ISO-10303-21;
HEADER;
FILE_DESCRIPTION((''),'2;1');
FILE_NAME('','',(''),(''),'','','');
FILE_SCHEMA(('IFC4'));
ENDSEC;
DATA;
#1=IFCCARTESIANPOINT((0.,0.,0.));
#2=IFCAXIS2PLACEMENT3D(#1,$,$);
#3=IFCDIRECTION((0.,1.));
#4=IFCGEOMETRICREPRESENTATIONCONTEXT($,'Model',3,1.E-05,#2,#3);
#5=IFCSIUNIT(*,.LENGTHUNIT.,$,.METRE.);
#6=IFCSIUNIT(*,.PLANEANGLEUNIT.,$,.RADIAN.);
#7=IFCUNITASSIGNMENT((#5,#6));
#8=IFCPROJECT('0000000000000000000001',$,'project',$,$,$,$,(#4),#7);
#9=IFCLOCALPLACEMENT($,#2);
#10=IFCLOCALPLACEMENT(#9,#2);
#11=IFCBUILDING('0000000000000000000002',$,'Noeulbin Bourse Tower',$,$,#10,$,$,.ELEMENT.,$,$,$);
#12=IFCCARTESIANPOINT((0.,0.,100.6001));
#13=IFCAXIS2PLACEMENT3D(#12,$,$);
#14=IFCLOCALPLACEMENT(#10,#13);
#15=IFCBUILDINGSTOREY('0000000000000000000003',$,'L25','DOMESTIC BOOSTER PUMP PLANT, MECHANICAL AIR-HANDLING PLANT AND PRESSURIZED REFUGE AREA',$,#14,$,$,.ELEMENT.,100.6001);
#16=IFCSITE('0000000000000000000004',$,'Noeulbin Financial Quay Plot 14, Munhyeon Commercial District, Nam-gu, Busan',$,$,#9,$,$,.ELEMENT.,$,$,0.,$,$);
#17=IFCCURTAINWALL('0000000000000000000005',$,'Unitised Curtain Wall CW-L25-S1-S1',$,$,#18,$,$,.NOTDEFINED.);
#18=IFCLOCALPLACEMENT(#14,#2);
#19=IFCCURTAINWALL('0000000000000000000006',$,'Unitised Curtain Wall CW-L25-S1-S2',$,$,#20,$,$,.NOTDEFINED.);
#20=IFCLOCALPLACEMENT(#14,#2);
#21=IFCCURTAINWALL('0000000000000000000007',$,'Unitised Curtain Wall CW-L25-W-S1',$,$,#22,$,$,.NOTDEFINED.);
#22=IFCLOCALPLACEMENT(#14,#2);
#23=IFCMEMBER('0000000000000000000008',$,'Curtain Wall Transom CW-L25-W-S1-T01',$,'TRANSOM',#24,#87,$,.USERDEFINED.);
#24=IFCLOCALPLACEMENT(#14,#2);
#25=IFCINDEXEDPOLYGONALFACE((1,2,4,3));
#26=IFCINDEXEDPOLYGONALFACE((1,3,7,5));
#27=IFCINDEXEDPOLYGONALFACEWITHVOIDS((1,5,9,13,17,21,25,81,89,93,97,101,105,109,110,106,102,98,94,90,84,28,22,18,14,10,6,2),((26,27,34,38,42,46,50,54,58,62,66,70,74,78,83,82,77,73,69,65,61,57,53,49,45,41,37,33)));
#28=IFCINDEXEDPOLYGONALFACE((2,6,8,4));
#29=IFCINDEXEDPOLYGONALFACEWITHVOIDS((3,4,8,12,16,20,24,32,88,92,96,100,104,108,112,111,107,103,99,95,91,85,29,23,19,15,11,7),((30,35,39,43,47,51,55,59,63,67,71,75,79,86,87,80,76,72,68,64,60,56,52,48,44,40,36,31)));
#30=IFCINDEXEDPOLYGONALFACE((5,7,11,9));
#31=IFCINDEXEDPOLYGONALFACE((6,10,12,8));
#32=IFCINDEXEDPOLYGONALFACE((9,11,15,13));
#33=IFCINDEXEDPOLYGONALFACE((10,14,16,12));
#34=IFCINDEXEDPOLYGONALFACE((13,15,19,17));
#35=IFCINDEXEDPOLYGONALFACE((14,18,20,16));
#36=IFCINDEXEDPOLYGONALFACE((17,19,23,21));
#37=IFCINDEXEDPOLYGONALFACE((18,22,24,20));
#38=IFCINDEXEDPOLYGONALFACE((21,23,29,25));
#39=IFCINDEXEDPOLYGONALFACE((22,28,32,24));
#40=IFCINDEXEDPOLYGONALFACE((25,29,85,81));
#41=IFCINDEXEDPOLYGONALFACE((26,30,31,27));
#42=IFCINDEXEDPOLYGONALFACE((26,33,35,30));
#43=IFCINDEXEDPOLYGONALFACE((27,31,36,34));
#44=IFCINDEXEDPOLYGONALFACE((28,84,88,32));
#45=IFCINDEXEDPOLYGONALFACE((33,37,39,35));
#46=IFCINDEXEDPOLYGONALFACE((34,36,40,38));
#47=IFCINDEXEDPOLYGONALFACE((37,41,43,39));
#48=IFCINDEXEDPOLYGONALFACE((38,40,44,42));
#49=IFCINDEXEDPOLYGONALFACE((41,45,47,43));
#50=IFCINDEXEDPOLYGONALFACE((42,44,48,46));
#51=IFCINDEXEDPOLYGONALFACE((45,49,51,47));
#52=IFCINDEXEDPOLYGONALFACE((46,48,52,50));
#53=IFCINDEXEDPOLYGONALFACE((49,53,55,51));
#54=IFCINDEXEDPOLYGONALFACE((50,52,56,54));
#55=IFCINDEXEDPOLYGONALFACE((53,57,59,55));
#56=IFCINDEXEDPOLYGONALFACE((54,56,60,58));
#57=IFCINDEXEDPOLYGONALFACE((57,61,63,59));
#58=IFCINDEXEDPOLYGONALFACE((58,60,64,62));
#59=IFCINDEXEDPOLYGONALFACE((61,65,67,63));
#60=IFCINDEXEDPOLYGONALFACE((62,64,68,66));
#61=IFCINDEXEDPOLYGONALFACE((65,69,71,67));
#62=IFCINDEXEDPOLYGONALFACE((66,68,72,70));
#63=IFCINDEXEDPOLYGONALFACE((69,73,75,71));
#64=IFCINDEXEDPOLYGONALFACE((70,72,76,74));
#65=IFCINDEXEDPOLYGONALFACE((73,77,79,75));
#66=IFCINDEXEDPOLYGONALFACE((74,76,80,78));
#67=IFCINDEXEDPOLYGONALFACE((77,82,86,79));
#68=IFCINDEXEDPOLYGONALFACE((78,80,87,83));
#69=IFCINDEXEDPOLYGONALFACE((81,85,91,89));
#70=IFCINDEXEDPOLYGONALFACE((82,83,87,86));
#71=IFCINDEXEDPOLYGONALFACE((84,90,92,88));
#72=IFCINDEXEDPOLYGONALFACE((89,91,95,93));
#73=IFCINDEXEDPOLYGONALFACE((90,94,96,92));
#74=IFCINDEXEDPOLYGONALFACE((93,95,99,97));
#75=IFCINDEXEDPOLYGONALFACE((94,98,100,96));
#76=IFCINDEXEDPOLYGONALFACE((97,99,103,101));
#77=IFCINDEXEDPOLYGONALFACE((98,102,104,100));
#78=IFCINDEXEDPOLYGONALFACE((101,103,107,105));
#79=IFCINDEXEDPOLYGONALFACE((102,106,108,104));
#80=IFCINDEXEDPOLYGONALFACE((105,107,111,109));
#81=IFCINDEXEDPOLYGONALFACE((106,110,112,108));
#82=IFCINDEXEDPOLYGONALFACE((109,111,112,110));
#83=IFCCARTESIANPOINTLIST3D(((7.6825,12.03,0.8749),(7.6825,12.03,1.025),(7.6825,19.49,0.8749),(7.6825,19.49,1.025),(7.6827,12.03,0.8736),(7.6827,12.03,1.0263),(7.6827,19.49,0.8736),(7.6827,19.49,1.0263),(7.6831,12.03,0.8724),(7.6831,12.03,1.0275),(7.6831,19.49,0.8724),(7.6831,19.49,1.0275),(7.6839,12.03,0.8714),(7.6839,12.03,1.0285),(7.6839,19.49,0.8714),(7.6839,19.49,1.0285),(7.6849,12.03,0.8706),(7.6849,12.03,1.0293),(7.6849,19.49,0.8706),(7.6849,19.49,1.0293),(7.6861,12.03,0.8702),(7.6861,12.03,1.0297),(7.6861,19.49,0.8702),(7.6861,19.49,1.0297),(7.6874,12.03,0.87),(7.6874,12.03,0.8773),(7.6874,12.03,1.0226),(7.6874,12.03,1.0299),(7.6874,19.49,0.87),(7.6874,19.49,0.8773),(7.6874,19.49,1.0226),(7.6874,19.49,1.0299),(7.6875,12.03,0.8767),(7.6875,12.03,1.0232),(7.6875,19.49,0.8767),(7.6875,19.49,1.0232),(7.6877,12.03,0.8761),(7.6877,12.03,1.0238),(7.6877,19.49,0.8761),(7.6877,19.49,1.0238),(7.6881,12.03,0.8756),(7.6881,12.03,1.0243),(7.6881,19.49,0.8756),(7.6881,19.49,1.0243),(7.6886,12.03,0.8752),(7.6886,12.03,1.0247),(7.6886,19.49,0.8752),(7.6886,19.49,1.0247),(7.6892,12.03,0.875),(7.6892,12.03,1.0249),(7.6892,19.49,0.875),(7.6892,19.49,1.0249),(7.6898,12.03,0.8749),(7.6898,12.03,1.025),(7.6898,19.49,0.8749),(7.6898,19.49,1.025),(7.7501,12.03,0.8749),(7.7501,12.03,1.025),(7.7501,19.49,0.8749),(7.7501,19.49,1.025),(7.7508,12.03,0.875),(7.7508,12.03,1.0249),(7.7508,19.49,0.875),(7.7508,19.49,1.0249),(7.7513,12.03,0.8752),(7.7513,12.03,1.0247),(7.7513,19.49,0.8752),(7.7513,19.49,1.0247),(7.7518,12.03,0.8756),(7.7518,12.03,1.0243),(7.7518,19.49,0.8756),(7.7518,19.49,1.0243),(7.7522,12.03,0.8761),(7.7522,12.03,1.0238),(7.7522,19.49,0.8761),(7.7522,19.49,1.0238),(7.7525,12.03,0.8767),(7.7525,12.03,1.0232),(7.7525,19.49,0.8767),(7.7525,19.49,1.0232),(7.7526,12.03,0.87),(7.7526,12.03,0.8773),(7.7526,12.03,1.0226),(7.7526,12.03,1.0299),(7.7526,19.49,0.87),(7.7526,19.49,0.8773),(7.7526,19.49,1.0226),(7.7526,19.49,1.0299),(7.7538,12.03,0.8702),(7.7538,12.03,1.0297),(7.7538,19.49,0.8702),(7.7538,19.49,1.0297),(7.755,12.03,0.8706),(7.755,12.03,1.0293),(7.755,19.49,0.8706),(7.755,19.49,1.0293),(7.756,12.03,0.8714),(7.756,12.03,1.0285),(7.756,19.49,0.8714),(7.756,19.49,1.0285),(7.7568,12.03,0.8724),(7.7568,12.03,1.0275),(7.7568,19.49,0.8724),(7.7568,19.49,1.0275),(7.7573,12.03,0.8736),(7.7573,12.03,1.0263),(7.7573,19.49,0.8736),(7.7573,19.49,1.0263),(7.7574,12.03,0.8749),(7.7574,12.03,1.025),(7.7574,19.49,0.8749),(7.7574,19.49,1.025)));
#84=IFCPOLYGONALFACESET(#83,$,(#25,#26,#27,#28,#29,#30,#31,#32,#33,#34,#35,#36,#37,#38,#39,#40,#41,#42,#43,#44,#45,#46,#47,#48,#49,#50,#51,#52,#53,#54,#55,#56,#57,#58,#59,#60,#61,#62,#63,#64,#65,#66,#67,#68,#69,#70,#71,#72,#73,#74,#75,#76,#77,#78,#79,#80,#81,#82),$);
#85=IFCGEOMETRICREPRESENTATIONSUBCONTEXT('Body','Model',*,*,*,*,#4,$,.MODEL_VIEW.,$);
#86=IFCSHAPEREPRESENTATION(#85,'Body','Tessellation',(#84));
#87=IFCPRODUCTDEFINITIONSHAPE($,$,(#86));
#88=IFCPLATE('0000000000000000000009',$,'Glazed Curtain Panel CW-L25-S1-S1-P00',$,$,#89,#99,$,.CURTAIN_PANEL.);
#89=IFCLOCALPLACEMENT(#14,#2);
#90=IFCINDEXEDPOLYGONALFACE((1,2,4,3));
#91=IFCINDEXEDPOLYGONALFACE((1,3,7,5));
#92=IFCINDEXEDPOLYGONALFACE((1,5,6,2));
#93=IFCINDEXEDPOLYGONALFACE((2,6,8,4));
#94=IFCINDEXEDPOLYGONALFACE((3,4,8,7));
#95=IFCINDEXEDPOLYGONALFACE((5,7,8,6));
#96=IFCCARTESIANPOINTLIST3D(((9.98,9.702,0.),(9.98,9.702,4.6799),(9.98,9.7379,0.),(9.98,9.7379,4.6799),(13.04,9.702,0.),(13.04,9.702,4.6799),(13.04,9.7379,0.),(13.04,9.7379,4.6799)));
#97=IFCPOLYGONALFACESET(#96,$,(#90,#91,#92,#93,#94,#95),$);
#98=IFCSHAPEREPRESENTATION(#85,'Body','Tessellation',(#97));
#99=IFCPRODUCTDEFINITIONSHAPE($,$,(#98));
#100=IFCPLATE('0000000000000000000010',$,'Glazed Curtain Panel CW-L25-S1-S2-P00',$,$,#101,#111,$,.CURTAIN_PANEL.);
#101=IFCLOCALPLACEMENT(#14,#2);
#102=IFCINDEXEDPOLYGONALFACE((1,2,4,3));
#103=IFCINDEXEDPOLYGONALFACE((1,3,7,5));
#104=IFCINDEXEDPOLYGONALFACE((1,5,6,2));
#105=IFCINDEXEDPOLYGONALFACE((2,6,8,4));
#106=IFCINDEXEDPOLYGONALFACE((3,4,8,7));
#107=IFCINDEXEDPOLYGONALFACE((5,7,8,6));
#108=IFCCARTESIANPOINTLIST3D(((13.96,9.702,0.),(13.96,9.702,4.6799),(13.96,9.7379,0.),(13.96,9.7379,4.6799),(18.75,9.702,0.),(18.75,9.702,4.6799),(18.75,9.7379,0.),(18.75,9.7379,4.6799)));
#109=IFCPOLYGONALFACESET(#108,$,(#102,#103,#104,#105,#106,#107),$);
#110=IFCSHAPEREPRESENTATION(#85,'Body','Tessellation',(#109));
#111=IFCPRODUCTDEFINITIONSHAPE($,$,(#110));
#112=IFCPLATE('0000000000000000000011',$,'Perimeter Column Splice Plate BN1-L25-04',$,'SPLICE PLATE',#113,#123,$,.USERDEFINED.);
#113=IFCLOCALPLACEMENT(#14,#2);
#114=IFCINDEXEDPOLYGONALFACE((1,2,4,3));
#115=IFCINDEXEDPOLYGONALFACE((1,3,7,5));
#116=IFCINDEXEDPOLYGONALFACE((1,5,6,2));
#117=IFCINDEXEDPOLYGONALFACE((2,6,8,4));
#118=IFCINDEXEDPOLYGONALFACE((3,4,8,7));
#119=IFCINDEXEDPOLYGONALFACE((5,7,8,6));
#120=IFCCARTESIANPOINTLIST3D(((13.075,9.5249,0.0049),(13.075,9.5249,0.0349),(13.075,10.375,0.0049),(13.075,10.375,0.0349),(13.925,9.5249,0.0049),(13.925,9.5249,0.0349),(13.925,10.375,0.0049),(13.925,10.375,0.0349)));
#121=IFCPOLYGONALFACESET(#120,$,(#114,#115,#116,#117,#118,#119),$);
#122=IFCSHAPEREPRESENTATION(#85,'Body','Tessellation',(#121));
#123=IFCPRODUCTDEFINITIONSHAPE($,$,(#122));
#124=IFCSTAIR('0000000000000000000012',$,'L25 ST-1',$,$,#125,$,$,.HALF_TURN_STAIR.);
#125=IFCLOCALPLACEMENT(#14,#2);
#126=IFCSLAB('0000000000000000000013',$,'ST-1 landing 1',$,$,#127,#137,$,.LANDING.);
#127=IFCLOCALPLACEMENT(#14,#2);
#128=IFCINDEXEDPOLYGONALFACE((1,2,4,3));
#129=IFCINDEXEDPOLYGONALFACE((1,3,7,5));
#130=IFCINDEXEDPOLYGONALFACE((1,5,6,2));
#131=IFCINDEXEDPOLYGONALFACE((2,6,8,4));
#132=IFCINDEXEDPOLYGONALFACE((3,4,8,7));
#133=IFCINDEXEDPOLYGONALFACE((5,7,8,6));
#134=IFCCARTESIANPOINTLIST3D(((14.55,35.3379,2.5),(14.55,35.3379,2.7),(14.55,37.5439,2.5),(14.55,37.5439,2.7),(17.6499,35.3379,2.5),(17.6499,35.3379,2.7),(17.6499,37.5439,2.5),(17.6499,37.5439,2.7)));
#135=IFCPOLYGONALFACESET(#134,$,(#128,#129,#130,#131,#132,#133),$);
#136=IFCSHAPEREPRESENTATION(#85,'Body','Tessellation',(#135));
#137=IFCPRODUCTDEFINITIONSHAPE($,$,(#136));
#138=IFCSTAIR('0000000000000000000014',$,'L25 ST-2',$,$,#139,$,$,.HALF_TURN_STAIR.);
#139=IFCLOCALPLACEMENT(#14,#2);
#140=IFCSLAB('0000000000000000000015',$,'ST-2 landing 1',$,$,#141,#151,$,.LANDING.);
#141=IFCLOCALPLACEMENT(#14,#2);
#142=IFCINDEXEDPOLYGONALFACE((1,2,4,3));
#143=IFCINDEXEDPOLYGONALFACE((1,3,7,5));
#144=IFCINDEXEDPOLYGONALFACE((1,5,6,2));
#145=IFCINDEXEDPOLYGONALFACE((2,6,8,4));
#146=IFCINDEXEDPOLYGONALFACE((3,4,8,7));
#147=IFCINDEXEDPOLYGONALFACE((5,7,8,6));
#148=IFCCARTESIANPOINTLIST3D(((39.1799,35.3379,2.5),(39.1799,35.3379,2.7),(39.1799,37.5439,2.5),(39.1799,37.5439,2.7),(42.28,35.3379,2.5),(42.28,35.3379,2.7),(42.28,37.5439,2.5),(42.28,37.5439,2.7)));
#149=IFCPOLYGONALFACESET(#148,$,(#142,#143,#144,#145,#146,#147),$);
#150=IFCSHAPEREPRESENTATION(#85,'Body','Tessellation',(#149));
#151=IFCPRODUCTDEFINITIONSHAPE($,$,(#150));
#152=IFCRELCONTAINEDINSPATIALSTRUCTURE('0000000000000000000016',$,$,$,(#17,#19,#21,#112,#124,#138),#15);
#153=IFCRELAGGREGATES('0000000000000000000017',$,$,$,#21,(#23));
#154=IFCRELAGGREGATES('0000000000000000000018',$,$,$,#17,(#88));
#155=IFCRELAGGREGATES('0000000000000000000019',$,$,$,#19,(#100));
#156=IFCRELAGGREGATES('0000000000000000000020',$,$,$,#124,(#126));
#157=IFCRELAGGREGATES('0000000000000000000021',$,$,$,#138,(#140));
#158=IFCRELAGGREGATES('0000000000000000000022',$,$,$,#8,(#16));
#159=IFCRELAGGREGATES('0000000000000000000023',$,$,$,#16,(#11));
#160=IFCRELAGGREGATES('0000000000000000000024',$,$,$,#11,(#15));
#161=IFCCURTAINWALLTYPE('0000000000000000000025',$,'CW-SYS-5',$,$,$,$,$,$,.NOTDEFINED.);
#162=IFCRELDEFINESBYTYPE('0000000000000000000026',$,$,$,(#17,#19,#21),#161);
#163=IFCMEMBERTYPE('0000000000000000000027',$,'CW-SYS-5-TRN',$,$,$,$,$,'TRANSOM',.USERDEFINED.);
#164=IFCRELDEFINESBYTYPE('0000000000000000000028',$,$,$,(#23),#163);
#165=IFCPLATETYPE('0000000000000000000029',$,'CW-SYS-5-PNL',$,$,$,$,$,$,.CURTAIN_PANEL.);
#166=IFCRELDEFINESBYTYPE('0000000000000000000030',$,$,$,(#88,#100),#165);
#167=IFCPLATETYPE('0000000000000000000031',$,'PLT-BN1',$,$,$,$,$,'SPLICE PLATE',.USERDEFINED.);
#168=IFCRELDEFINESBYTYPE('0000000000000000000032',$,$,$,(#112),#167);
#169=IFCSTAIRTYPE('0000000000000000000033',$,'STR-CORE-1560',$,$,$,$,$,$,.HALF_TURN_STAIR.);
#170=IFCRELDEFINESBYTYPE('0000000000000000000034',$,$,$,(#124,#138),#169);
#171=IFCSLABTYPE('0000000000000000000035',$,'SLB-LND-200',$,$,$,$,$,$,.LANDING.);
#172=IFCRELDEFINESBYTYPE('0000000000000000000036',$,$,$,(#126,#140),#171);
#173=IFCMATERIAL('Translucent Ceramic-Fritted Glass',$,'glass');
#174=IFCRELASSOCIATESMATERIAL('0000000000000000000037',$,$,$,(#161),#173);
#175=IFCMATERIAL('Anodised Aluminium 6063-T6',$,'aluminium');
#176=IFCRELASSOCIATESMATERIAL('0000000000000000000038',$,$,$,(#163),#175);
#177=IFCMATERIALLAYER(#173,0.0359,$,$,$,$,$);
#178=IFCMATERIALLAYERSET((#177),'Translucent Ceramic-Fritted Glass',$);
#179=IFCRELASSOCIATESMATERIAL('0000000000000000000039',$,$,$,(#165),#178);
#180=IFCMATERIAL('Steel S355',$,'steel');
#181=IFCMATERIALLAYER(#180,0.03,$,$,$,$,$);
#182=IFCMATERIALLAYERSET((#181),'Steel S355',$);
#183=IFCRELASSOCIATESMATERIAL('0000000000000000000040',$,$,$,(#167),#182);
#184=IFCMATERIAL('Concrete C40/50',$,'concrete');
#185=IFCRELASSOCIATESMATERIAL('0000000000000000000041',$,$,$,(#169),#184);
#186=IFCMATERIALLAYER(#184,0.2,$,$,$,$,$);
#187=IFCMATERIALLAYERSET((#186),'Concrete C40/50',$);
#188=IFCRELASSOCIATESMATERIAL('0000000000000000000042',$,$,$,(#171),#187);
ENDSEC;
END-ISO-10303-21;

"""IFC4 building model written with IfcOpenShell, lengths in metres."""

from ifc_helpers import new_model, si_unit, direction, frame, origin, origin_2d, place, context, subcontext, project, spatial, polyline, rectangle, hollow_rectangle, outline, extrude, material, layer, layer_set, material_profile, profile_set, type_object, element, aggregate, save


model = new_model("IFC4")

# Units and contexts
model_context = context("Model", 3, precision=1e-05, world=origin(), true_north=direction((0.0, 1.0)))
body_context = subcontext(model_context, "Body", "Model", "MODEL_VIEW")
ifc_project = project(units=[si_unit("LENGTHUNIT", "METRE"), si_unit("PLANEANGLEUNIT", "RADIAN")], contexts=[model_context])

# Site, building, storey
site_placement = place(None, origin())
site = spatial("IfcSite", under=ifc_project, at=site_placement, Name="Noeulbin Financial Quay Plot 14, Munhyeon Commercial District, Nam-gu, Busan", CompositionType="ELEMENT", RefElevation=0.0)
building_placement = place(site_placement, origin())
building = spatial("IfcBuilding", under=site, at=building_placement, Name="Noeulbin Bourse Tower", CompositionType="ELEMENT")
storey_placement = place(building_placement, frame((0.0, 0.0, 100.6001)))
storey = spatial("IfcBuildingStorey", under=building, at=storey_placement, Name="L25", Description="DOMESTIC BOOSTER PUMP PLANT, MECHANICAL AIR-HANDLING PLANT AND PRESSURIZED REFUGE AREA", CompositionType="ELEMENT", Elevation=100.6001)

# Shared definitions
ifc_material_1 = material(Name="Steel S355", Category="steel")

# Curtain walls
ifc_material_2 = material(Name="Translucent Ceramic-Fritted Glass", Category="glass")
curtain_wall_type = type_object("IfcCurtainWallType", Name="CW-SYS-5", PredefinedType="NOTDEFINED", material=ifc_material_2)
curtain_wall_1_placement = place(storey_placement, origin())
curtain_wall_1 = element("IfcCurtainWall", 1, at=curtain_wall_1_placement, inside=storey, type_object=curtain_wall_type, Name="Unitised Curtain Wall CW-L25-S1-S1", PredefinedType="NOTDEFINED")
ifc_material_3 = material(Name="Anodised Aluminium 6063-T6", Category="aluminium")
curtain_wall_2_placement = place(storey_placement, origin())
curtain_wall_2 = element("IfcCurtainWall", 2, at=curtain_wall_2_placement, inside=storey, type_object=curtain_wall_type, Name="Unitised Curtain Wall CW-L25-S1-S2", PredefinedType="NOTDEFINED")

# Curtain wall
curtain_wall_3_placement = place(storey_placement, origin())
curtain_wall_3 = element("IfcCurtainWall", 3, at=curtain_wall_3_placement, inside=storey, type_object=curtain_wall_type, Name="Unitised Curtain Wall CW-L25-W-S1", PredefinedType="NOTDEFINED")

# Member
ifc_material_profile_1 = material_profile(ifc_material_3, hollow_rectangle(XDim=0.075, YDim=0.1599, WallThickness=0.0049, InnerFilletRadius=0.0024, OuterFilletRadius=0.0049, at=origin_2d()), Name="ALU-TRAN-75x160x5", Category="LoadBearing")
ifc_profile_set_1 = profile_set([ifc_material_profile_1], Name="Anodised Aluminium 6063-T6")
member_type_1 = type_object("IfcMemberType", Name="CW-SYS-5-TRN", ElementType="TRANSOM", PredefinedType="USERDEFINED", material=ifc_profile_set_1)
member_1_placement = place(storey_placement, frame((7.72, 12.03, 0.95), z_axis=(0.0, 1.0, 0.0), x_axis=(-1.0, 0.0, 0.0)))
member_1 = element("IfcMember", 4, at=member_1_placement, type_object=member_type_1, Name="Curtain Wall Transom CW-L25-W-S1-T01", ObjectType="TRANSOM", PredefinedType="USERDEFINED", context=body_context, shape_type="SweptSolid", body=[
    extrude(hollow_rectangle(XDim=0.075, YDim=0.1599, WallThickness=0.0049, InnerFilletRadius=0.0024, OuterFilletRadius=0.0049, at=origin_2d()), origin(), (0.0, 0.0, 1.0), 7.46),
])
aggregate(curtain_wall_3, [member_1])

# Plates
ifc_layer_1 = layer(ifc_material_2, 0.0359)
ifc_layer_set_1 = layer_set([ifc_layer_1], Name="Translucent Ceramic-Fritted Glass")
plate_type_1 = type_object("IfcPlateType", Name="CW-SYS-5-PNL", PredefinedType="CURTAIN_PANEL", material=ifc_layer_set_1)
plate_1_placement = place(storey_placement, frame((11.51, 9.72, 0.0), z_axis=(0.0, 0.0, 1.0), x_axis=(1.0, 0.0, 0.0)))
plate_1 = element("IfcPlate", 5, at=plate_1_placement, type_object=plate_type_1, Name="Glazed Curtain Panel CW-L25-S1-S1-P00", PredefinedType="CURTAIN_PANEL", context=body_context, shape_type="SweptSolid", body=[
    extrude(rectangle(XDim=3.0601, YDim=0.0359, at=origin_2d()), origin(), (0.0, 0.0, 1.0), 4.6799),
])
aggregate(curtain_wall_1, [plate_1])
plate_2_placement = place(storey_placement, frame((16.355, 9.72, 0.0), z_axis=(0.0, 0.0, 1.0), x_axis=(1.0, 0.0, 0.0)))
plate_2 = element("IfcPlate", 6, at=plate_2_placement, type_object=plate_type_1, Name="Glazed Curtain Panel CW-L25-S1-S2-P00", PredefinedType="CURTAIN_PANEL", context=body_context, shape_type="SweptSolid", body=[
    extrude(rectangle(XDim=4.79, YDim=0.0359, at=origin_2d()), origin(), (0.0, 0.0, 1.0), 4.6799),
])
aggregate(curtain_wall_2, [plate_2])
ifc_layer_2 = layer(ifc_material_1, 0.03)
ifc_layer_set_2 = layer_set([ifc_layer_2], Name="Steel S355")
plate_type_2 = type_object("IfcPlateType", Name="PLT-BN1", ElementType="SPLICE PLATE", PredefinedType="USERDEFINED", material=ifc_layer_set_2)
plate_3_placement = place(storey_placement, frame((13.5, 9.95, 0.0049), z_axis=(0.0, 0.0, 1.0), x_axis=(1.0, 0.0, 0.0)))
element("IfcPlate", 7, at=plate_3_placement, inside=storey, type_object=plate_type_2, Name="Perimeter Column Splice Plate BN1-L25-04", ObjectType="SPLICE PLATE", PredefinedType="USERDEFINED", context=body_context, shape_type="SweptSolid", body=[
    extrude(rectangle(XDim=0.8501, YDim=0.8501, at=origin_2d()), origin(), (0.0, 0.0, 1.0), 0.03),
])

# Stairs, slabs
ifc_material_4 = material(Name="Concrete C40/50", Category="concrete")
stair_type = type_object("IfcStairType", Name="STR-CORE-1560", PredefinedType="HALF_TURN_STAIR", material=ifc_material_4)
stair_1_placement = place(storey_placement, origin())
stair_1 = element("IfcStair", 8, at=stair_1_placement, inside=storey, type_object=stair_type, Name="L25 ST-1", PredefinedType="HALF_TURN_STAIR")
ifc_layer_3 = layer(ifc_material_4, 0.2)
ifc_layer_set_3 = layer_set([ifc_layer_3], Name="Concrete C40/50")
slab_type_1 = type_object("IfcSlabType", Name="SLB-LND-200", PredefinedType="LANDING", material=ifc_layer_set_3)
slab_1_placement = place(storey_placement, frame((0.0, 0.0, 2.5)))
slab_1 = element("IfcSlab", 9, at=slab_1_placement, type_object=slab_type_1, Name="ST-1 landing 1", PredefinedType="LANDING", context=body_context, shape_type="SweptSolid", body=[
    extrude(outline(polyline([(17.6499, 35.3379), (17.6499, 37.5439), (14.55, 37.5439), (14.55, 35.3379), (17.6499, 35.3379)])), origin(), (0.0, 0.0, 1.0), 0.2),
])
aggregate(stair_1, [slab_1])
stair_2_placement = place(storey_placement, origin())
stair_2 = element("IfcStair", 10, at=stair_2_placement, inside=storey, type_object=stair_type, Name="L25 ST-2", PredefinedType="HALF_TURN_STAIR")
slab_2_placement = place(storey_placement, frame((0.0, 0.0, 2.5)))
slab_2 = element("IfcSlab", 11, at=slab_2_placement, type_object=slab_type_1, Name="ST-2 landing 1", PredefinedType="LANDING", context=body_context, shape_type="SweptSolid", body=[
    extrude(outline(polyline([(42.28, 35.3379), (42.28, 37.5439), (39.1799, 37.5439), (39.1799, 35.3379), (42.28, 35.3379)])), origin(), (0.0, 0.0, 1.0), 0.2),
])
aggregate(stair_2, [slab_2])

save(model, "model.ifc")
